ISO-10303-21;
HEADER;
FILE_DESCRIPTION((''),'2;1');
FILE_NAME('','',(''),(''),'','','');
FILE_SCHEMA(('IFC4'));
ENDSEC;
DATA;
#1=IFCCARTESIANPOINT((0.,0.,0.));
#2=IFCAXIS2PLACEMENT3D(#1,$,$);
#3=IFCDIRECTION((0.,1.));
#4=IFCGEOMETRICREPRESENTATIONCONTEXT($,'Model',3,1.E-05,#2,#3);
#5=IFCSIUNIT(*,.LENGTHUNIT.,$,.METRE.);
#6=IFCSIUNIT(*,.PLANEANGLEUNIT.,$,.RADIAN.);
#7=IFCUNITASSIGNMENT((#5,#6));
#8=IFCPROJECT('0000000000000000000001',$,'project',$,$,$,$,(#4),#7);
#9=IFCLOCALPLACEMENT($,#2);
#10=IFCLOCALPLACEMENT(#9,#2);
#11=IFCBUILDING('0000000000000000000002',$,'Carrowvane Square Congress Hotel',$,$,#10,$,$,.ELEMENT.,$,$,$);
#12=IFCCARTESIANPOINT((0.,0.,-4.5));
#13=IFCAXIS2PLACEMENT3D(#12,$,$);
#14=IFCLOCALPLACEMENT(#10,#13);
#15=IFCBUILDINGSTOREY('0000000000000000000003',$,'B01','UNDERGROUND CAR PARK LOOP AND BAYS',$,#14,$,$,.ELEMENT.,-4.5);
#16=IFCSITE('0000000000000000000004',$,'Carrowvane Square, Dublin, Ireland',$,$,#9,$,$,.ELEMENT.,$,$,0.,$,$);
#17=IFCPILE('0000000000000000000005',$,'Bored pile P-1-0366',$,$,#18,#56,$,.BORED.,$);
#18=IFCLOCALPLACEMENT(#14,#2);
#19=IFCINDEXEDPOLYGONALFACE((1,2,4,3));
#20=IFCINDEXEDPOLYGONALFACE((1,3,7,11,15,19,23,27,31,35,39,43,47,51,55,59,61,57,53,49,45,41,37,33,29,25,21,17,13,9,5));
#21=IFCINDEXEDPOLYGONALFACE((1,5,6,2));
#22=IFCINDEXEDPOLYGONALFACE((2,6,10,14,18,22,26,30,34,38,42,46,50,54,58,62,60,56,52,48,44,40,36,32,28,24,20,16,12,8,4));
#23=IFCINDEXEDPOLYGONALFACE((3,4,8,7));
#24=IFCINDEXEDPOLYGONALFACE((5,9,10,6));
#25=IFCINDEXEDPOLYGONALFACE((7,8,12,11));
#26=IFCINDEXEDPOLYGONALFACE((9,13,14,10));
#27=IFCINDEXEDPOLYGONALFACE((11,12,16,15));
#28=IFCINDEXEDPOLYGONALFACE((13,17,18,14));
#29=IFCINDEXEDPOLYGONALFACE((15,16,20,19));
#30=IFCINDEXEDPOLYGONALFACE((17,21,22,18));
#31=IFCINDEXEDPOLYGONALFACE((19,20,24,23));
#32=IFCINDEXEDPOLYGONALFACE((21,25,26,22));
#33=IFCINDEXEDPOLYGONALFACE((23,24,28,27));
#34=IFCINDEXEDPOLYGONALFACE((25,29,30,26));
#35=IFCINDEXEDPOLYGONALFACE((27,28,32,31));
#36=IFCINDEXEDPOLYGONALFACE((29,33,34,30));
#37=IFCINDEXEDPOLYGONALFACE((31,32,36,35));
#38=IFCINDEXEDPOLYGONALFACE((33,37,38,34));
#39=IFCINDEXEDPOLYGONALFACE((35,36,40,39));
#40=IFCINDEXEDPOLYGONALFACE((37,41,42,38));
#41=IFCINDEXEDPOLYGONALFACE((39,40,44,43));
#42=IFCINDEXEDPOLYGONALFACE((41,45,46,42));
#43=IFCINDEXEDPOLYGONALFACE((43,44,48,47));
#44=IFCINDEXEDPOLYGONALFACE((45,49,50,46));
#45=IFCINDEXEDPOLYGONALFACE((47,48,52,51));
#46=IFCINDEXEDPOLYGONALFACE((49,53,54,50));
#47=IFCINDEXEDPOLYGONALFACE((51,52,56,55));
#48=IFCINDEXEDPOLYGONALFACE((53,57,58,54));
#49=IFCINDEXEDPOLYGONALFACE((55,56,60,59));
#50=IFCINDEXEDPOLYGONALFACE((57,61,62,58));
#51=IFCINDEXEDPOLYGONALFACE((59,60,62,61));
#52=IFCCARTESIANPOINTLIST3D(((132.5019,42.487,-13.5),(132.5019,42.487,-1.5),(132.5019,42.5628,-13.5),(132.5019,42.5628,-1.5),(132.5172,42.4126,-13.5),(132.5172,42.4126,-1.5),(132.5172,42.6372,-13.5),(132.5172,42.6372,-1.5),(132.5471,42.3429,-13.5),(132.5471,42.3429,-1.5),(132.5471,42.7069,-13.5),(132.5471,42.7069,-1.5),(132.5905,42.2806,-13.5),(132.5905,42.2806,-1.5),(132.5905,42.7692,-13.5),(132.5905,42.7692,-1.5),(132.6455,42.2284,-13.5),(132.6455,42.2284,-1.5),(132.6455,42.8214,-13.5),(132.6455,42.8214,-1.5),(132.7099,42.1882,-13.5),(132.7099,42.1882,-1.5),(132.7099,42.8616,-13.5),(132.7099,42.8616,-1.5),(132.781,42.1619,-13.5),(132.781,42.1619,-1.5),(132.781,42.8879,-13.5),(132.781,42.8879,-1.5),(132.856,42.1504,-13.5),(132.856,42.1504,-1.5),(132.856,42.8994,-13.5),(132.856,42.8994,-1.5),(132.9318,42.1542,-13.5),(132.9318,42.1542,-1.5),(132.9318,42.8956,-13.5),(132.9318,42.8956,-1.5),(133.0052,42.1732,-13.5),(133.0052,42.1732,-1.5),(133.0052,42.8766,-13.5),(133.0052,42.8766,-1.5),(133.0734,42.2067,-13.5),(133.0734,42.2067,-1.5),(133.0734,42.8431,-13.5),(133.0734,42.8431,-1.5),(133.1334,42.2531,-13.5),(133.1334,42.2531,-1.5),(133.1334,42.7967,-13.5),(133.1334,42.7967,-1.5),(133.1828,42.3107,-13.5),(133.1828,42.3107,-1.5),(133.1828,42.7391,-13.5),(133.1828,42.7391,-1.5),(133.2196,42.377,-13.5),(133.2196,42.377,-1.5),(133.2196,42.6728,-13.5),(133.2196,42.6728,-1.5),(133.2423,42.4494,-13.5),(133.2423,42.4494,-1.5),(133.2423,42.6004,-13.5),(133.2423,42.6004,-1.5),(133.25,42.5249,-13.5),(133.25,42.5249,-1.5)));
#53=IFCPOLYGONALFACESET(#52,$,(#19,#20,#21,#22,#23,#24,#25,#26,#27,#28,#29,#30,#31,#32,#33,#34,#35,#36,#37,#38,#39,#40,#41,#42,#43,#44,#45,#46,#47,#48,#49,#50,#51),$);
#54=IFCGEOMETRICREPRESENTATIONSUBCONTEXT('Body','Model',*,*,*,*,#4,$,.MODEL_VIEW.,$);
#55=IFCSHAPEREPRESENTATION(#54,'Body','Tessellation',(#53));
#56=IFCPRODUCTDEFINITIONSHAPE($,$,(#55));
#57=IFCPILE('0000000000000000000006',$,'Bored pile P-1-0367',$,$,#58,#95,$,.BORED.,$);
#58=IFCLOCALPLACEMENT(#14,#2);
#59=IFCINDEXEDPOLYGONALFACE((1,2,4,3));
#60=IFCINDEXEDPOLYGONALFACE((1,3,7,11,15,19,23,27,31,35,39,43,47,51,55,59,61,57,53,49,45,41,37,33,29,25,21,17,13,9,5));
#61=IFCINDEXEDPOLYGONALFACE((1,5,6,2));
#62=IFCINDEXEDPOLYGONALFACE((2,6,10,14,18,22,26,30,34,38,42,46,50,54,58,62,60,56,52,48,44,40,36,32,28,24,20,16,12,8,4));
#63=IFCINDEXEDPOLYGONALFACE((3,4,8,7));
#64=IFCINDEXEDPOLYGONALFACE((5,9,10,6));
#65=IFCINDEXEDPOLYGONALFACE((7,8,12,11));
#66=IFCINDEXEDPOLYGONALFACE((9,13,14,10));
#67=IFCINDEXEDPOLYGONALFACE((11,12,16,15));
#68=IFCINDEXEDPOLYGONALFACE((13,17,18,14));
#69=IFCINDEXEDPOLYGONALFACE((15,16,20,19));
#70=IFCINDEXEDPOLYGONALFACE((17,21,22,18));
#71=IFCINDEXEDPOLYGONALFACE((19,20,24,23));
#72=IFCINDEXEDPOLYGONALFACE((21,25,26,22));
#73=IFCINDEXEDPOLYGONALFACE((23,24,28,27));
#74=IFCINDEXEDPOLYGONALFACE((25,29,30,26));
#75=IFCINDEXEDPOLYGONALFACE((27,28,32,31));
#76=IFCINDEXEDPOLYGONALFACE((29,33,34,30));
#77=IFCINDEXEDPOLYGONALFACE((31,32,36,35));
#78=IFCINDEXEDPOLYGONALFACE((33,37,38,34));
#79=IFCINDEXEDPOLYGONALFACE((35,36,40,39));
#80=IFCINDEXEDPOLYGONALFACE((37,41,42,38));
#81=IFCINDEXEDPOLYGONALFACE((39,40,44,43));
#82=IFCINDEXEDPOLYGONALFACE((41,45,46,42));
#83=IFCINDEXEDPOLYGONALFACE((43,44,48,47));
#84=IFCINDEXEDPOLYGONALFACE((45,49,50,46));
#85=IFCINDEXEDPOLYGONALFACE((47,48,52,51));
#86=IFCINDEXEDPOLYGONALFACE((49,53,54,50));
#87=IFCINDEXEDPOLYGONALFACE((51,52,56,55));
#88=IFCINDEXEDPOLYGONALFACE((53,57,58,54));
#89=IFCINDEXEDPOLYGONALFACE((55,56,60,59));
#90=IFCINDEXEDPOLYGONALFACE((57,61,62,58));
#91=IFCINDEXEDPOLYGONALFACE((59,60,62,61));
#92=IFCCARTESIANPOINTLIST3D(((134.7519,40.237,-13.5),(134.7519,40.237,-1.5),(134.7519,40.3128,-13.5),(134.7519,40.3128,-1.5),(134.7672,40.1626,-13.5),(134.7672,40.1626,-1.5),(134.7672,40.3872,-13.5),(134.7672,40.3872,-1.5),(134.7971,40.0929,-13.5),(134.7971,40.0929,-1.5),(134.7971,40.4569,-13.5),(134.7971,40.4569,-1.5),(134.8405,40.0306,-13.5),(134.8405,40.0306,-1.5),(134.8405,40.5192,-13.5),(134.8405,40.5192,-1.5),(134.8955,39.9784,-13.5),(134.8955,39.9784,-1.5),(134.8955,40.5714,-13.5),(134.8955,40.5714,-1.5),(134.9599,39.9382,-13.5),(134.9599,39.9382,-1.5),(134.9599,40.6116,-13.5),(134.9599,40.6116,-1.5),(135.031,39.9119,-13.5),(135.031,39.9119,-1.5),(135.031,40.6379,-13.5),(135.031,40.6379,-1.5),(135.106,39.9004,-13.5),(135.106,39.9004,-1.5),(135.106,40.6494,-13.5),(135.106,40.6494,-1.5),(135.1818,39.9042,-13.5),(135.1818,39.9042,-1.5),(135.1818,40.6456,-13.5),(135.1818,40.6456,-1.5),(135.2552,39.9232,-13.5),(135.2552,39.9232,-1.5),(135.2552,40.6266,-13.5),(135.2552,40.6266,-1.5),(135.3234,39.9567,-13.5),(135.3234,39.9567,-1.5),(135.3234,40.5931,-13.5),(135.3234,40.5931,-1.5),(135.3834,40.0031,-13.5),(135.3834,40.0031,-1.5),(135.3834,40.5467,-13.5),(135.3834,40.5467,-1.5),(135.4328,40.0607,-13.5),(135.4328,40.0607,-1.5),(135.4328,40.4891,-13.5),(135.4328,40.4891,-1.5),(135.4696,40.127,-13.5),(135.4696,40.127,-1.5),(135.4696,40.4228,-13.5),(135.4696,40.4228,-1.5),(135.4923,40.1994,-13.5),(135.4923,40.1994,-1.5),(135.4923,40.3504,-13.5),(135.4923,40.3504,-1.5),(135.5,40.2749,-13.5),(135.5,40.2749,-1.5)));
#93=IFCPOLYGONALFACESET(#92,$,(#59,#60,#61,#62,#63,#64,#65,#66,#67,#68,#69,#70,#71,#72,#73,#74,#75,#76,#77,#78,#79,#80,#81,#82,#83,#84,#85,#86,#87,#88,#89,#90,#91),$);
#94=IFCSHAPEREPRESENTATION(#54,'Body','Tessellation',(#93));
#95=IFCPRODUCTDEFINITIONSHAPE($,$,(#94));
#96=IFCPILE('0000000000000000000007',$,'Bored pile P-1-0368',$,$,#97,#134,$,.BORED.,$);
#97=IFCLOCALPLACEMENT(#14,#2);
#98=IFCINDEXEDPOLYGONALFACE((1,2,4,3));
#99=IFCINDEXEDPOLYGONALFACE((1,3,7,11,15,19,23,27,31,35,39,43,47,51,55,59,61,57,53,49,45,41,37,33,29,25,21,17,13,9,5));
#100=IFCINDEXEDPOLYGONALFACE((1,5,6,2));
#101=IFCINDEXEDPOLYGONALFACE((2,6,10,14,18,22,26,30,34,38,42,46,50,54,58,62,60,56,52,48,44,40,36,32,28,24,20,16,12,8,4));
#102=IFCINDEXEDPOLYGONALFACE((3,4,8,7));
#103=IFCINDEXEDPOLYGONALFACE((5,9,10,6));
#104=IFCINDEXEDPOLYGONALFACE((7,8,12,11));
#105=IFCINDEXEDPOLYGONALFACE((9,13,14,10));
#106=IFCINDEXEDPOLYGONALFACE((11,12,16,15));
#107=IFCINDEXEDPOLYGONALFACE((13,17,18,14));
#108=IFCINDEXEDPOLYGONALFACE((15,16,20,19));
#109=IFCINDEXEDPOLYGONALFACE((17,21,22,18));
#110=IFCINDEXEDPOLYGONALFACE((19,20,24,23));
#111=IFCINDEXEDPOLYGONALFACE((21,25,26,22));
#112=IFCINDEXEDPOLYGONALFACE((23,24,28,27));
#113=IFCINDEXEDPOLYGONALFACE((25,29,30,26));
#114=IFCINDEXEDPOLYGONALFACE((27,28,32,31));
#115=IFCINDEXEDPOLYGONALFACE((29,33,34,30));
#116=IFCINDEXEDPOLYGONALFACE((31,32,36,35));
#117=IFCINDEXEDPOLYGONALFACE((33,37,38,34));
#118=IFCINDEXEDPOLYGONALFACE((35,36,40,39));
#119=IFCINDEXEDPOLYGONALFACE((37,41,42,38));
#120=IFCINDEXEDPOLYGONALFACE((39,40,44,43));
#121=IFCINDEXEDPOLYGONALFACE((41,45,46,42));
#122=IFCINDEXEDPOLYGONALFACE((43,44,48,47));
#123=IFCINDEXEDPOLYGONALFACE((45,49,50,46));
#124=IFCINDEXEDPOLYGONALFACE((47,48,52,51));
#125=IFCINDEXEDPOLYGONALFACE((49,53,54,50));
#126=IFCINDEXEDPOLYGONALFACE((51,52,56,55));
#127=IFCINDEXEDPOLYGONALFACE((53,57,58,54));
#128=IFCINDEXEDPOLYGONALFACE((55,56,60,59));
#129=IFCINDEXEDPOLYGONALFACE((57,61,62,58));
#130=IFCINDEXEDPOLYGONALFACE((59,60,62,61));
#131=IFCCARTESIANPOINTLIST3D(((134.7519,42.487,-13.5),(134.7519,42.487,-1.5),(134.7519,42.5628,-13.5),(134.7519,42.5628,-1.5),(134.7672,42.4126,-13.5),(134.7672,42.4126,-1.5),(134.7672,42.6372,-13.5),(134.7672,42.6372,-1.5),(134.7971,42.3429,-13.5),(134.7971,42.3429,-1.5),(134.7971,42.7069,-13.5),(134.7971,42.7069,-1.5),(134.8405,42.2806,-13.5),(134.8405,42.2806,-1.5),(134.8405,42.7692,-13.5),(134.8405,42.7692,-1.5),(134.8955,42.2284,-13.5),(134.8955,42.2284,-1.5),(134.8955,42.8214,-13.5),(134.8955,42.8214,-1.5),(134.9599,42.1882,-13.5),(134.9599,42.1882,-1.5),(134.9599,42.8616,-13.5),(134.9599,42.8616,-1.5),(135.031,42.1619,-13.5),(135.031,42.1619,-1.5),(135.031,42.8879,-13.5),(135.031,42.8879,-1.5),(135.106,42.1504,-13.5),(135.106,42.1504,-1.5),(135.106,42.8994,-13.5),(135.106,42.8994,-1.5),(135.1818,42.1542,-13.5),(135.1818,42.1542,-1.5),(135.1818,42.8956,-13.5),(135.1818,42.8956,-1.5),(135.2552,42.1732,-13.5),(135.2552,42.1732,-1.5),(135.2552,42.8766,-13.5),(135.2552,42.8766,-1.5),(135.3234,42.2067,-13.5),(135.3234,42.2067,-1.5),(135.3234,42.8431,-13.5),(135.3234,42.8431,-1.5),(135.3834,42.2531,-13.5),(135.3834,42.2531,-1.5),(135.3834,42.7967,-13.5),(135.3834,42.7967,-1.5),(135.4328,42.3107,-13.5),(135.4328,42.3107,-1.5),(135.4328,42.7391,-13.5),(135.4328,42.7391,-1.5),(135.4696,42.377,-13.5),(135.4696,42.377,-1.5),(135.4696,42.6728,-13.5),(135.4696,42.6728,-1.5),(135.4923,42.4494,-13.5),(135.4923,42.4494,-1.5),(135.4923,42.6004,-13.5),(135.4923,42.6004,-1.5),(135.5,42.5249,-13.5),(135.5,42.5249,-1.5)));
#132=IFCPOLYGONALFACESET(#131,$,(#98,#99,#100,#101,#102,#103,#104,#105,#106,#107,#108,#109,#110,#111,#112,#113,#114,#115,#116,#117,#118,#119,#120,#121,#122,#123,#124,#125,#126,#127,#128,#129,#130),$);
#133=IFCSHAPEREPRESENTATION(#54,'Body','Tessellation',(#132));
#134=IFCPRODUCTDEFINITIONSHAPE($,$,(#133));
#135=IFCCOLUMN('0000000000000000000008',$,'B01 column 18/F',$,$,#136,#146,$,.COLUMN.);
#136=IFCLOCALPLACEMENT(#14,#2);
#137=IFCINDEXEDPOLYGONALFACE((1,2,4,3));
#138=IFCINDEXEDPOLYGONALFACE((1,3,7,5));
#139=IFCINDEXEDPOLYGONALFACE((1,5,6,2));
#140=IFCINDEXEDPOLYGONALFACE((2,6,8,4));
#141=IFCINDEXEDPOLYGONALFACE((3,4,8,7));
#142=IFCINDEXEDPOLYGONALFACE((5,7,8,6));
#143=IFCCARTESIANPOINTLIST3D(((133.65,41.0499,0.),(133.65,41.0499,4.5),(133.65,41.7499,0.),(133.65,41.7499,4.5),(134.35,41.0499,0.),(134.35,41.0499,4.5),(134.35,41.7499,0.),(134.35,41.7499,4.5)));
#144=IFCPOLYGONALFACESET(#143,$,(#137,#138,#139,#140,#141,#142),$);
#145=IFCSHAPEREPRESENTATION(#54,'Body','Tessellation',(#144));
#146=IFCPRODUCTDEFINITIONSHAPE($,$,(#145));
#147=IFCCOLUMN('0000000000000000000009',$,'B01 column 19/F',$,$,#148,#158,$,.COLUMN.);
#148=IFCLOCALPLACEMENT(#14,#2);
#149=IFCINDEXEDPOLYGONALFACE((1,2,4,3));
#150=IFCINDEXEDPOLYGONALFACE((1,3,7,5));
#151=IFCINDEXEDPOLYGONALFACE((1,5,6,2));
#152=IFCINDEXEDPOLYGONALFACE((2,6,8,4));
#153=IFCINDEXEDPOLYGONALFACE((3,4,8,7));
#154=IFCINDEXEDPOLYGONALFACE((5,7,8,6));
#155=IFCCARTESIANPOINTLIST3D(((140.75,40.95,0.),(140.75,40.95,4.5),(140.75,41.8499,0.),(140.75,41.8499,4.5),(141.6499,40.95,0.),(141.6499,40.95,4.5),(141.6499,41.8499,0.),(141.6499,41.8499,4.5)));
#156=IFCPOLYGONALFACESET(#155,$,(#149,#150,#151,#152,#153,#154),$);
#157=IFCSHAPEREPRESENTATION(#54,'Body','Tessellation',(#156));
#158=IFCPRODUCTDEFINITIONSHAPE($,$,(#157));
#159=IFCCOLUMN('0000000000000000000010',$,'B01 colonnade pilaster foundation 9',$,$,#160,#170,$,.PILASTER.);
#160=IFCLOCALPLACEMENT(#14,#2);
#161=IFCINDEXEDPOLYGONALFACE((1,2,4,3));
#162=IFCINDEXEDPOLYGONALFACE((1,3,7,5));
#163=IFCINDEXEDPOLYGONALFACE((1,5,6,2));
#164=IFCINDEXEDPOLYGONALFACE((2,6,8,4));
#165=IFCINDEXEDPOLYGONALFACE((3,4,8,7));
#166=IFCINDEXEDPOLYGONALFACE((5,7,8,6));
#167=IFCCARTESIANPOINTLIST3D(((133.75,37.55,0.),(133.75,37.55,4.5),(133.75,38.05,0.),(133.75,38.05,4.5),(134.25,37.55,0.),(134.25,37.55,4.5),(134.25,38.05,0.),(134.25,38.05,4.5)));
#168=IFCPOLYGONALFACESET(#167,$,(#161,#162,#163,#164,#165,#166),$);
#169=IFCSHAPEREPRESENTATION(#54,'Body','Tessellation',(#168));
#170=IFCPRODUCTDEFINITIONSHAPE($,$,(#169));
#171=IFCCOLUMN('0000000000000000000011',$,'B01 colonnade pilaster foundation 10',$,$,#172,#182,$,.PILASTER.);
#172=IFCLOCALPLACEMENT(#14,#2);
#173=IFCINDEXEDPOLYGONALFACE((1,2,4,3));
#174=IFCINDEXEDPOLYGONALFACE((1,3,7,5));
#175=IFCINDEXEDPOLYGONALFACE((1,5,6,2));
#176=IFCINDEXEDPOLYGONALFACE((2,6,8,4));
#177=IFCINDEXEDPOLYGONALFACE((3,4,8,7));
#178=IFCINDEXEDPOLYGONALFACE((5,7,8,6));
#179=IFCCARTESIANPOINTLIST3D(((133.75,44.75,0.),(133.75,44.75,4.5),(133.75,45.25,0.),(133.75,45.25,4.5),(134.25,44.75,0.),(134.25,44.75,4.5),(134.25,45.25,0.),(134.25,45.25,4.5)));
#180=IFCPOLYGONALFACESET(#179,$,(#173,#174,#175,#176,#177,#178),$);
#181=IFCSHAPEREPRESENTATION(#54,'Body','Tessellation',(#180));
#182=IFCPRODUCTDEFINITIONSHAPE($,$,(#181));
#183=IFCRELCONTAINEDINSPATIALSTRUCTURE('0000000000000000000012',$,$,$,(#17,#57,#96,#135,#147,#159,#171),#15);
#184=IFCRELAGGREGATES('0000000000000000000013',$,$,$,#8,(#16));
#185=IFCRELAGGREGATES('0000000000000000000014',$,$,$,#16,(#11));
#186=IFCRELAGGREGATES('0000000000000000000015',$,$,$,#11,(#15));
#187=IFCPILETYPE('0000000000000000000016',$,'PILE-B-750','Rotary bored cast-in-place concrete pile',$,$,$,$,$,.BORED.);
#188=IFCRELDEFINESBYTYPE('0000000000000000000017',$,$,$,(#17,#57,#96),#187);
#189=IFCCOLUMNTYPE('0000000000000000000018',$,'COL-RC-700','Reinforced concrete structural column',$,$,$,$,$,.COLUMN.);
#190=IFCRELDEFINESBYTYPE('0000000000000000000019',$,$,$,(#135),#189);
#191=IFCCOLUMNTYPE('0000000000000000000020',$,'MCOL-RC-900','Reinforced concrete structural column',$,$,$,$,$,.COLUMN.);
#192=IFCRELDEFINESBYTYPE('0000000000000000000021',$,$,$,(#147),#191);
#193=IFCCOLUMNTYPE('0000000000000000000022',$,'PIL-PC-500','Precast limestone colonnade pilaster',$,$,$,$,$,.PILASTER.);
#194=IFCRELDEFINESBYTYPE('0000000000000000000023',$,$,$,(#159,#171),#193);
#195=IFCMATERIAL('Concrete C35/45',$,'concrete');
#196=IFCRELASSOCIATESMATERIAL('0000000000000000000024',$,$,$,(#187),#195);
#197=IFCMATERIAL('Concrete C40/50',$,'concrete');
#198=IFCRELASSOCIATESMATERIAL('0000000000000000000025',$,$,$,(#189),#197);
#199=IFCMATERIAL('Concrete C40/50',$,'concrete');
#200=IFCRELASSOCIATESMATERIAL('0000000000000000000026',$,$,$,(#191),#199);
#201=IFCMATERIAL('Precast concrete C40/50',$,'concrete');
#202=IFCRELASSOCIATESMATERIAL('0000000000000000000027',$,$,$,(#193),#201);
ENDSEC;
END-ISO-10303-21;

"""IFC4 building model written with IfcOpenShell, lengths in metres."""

from ifc_helpers import new_model, si_unit, direction, frame, origin, origin_2d, place, context, subcontext, project, spatial, rectangle, circle, extrude, material, material_profile, profile_set, type_object, element, save


model = new_model("IFC4")

# Units and contexts
model_context = context("Model", 3, precision=1e-05, world=origin(), true_north=direction((0.0, 1.0)))
body_context = subcontext(model_context, "Body", "Model", "MODEL_VIEW")
ifc_project = project(units=[si_unit("LENGTHUNIT", "METRE"), si_unit("PLANEANGLEUNIT", "RADIAN")], contexts=[model_context])

# Site, building, storey
site_placement = place(None, origin())
site = spatial("IfcSite", under=ifc_project, at=site_placement, Name="Carrowvane Square, Dublin, Ireland", CompositionType="ELEMENT", RefElevation=0.0)
building_placement = place(site_placement, origin())
building = spatial("IfcBuilding", under=site, at=building_placement, Name="Carrowvane Square Congress Hotel", CompositionType="ELEMENT")
storey_placement = place(building_placement, frame((0.0, 0.0, -4.5)))
storey = spatial("IfcBuildingStorey", under=building, at=storey_placement, Name="B01", Description="UNDERGROUND CAR PARK LOOP AND BAYS", CompositionType="ELEMENT", Elevation=-4.5)

# Piles
ifc_material_1 = material(Name="Concrete C35/45", Category="concrete")
ifc_material_profile_1 = material_profile(ifc_material_1, circle(Radius=0.375, at=origin_2d()), Name="PILE D750")
ifc_profile_set_1 = profile_set([ifc_material_profile_1], Name="Concrete C35/45")
pile_type_1 = type_object("IfcPileType", Name="PILE-B-750", Description="Rotary bored cast-in-place concrete pile", PredefinedType="BORED", material=ifc_profile_set_1)
for number, where, z_axis, x_axis, name in (
    (1, (132.875, 42.5249, -1.5), (0.0, 0.0, -1.0), (1.0, 0.0, 0.0), "Bored pile P-1-0366"),
    (2, (135.125, 40.2749, -1.5), (0.0, 0.0, -1.0), (1.0, 0.0, 0.0), "Bored pile P-1-0367"),
    (3, (135.125, 42.5249, -1.5), (0.0, 0.0, -1.0), (1.0, 0.0, 0.0), "Bored pile P-1-0368"),
):
    element("IfcPile", number, at=place(storey_placement, frame(where, z_axis=z_axis, x_axis=x_axis)), inside=storey, type_object=pile_type_1, Name=name, PredefinedType="BORED", context=body_context, shape_type="SweptSolid", body=[
        extrude(circle(Radius=0.375, at=origin_2d()), origin(), (0.0, 0.0, 1.0), 12.0),
    ])

# Columns
ifc_material_2 = material(Name="Concrete C40/50", Category="concrete")
ifc_material_profile_2 = material_profile(ifc_material_2, rectangle(XDim=0.7, YDim=0.7, at=origin_2d()), Name="RC 700x700")
ifc_profile_set_2 = profile_set([ifc_material_profile_2], Name="Concrete C40/50")
column_type_1 = type_object("IfcColumnType", Name="COL-RC-700", Description="Reinforced concrete structural column", PredefinedType="COLUMN", material=ifc_profile_set_2)
column_1_placement = place(storey_placement, frame((134.0, 41.3999, 0.0), z_axis=(0.0, 0.0, 1.0), x_axis=(1.0, 0.0, 0.0)))
element("IfcColumn", 4, at=column_1_placement, inside=storey, type_object=column_type_1, Name="B01 column 18/F", PredefinedType="COLUMN", context=body_context, shape_type="SweptSolid", body=[
    extrude(rectangle(XDim=0.7, YDim=0.7, at=origin_2d()), origin(), (0.0, 0.0, 1.0), 4.5),
])
ifc_material_3 = material(Name="Concrete C40/50", Category="concrete")
ifc_material_profile_3 = material_profile(ifc_material_3, rectangle(XDim=0.8999, YDim=0.8999, at=origin_2d()), Name="RC 900x900")
ifc_profile_set_3 = profile_set([ifc_material_profile_3], Name="Concrete C40/50")
column_type_2 = type_object("IfcColumnType", Name="MCOL-RC-900", Description="Reinforced concrete structural column", PredefinedType="COLUMN", material=ifc_profile_set_3)
column_2_placement = place(storey_placement, frame((141.2, 41.3999, 0.0), z_axis=(0.0, 0.0, 1.0), x_axis=(1.0, 0.0, 0.0)))
element("IfcColumn", 5, at=column_2_placement, inside=storey, type_object=column_type_2, Name="B01 column 19/F", PredefinedType="COLUMN", context=body_context, shape_type="SweptSolid", body=[
    extrude(rectangle(XDim=0.8999, YDim=0.8999, at=origin_2d()), origin(), (0.0, 0.0, 1.0), 4.5),
])
ifc_material_4 = material(Name="Precast concrete C40/50", Category="concrete")
ifc_material_profile_4 = material_profile(ifc_material_4, rectangle(XDim=0.5, YDim=0.5, at=origin_2d()), Name="RC 500x500")
ifc_profile_set_4 = profile_set([ifc_material_profile_4], Name="Precast concrete C40/50")
column_type_3 = type_object("IfcColumnType", Name="PIL-PC-500", Description="Precast limestone colonnade pilaster", PredefinedType="PILASTER", material=ifc_profile_set_4)
for number, where, z_axis, x_axis, name in (
    (6, (134.0, 37.8, 0.0), (0.0, 0.0, 1.0), (1.0, 0.0, 0.0), "B01 colonnade pilaster foundation 9"),
    (7, (134.0, 45.0, 0.0), (0.0, 0.0, 1.0), (1.0, 0.0, 0.0), "B01 colonnade pilaster foundation 10"),
):
    element("IfcColumn", number, at=place(storey_placement, frame(where, z_axis=z_axis, x_axis=x_axis)), inside=storey, type_object=column_type_3, Name=name, PredefinedType="PILASTER", context=body_context, shape_type="SweptSolid", body=[
        extrude(rectangle(XDim=0.5, YDim=0.5, at=origin_2d()), origin(), (0.0, 0.0, 1.0), 4.5),
    ])

save(model, "model.ifc")
